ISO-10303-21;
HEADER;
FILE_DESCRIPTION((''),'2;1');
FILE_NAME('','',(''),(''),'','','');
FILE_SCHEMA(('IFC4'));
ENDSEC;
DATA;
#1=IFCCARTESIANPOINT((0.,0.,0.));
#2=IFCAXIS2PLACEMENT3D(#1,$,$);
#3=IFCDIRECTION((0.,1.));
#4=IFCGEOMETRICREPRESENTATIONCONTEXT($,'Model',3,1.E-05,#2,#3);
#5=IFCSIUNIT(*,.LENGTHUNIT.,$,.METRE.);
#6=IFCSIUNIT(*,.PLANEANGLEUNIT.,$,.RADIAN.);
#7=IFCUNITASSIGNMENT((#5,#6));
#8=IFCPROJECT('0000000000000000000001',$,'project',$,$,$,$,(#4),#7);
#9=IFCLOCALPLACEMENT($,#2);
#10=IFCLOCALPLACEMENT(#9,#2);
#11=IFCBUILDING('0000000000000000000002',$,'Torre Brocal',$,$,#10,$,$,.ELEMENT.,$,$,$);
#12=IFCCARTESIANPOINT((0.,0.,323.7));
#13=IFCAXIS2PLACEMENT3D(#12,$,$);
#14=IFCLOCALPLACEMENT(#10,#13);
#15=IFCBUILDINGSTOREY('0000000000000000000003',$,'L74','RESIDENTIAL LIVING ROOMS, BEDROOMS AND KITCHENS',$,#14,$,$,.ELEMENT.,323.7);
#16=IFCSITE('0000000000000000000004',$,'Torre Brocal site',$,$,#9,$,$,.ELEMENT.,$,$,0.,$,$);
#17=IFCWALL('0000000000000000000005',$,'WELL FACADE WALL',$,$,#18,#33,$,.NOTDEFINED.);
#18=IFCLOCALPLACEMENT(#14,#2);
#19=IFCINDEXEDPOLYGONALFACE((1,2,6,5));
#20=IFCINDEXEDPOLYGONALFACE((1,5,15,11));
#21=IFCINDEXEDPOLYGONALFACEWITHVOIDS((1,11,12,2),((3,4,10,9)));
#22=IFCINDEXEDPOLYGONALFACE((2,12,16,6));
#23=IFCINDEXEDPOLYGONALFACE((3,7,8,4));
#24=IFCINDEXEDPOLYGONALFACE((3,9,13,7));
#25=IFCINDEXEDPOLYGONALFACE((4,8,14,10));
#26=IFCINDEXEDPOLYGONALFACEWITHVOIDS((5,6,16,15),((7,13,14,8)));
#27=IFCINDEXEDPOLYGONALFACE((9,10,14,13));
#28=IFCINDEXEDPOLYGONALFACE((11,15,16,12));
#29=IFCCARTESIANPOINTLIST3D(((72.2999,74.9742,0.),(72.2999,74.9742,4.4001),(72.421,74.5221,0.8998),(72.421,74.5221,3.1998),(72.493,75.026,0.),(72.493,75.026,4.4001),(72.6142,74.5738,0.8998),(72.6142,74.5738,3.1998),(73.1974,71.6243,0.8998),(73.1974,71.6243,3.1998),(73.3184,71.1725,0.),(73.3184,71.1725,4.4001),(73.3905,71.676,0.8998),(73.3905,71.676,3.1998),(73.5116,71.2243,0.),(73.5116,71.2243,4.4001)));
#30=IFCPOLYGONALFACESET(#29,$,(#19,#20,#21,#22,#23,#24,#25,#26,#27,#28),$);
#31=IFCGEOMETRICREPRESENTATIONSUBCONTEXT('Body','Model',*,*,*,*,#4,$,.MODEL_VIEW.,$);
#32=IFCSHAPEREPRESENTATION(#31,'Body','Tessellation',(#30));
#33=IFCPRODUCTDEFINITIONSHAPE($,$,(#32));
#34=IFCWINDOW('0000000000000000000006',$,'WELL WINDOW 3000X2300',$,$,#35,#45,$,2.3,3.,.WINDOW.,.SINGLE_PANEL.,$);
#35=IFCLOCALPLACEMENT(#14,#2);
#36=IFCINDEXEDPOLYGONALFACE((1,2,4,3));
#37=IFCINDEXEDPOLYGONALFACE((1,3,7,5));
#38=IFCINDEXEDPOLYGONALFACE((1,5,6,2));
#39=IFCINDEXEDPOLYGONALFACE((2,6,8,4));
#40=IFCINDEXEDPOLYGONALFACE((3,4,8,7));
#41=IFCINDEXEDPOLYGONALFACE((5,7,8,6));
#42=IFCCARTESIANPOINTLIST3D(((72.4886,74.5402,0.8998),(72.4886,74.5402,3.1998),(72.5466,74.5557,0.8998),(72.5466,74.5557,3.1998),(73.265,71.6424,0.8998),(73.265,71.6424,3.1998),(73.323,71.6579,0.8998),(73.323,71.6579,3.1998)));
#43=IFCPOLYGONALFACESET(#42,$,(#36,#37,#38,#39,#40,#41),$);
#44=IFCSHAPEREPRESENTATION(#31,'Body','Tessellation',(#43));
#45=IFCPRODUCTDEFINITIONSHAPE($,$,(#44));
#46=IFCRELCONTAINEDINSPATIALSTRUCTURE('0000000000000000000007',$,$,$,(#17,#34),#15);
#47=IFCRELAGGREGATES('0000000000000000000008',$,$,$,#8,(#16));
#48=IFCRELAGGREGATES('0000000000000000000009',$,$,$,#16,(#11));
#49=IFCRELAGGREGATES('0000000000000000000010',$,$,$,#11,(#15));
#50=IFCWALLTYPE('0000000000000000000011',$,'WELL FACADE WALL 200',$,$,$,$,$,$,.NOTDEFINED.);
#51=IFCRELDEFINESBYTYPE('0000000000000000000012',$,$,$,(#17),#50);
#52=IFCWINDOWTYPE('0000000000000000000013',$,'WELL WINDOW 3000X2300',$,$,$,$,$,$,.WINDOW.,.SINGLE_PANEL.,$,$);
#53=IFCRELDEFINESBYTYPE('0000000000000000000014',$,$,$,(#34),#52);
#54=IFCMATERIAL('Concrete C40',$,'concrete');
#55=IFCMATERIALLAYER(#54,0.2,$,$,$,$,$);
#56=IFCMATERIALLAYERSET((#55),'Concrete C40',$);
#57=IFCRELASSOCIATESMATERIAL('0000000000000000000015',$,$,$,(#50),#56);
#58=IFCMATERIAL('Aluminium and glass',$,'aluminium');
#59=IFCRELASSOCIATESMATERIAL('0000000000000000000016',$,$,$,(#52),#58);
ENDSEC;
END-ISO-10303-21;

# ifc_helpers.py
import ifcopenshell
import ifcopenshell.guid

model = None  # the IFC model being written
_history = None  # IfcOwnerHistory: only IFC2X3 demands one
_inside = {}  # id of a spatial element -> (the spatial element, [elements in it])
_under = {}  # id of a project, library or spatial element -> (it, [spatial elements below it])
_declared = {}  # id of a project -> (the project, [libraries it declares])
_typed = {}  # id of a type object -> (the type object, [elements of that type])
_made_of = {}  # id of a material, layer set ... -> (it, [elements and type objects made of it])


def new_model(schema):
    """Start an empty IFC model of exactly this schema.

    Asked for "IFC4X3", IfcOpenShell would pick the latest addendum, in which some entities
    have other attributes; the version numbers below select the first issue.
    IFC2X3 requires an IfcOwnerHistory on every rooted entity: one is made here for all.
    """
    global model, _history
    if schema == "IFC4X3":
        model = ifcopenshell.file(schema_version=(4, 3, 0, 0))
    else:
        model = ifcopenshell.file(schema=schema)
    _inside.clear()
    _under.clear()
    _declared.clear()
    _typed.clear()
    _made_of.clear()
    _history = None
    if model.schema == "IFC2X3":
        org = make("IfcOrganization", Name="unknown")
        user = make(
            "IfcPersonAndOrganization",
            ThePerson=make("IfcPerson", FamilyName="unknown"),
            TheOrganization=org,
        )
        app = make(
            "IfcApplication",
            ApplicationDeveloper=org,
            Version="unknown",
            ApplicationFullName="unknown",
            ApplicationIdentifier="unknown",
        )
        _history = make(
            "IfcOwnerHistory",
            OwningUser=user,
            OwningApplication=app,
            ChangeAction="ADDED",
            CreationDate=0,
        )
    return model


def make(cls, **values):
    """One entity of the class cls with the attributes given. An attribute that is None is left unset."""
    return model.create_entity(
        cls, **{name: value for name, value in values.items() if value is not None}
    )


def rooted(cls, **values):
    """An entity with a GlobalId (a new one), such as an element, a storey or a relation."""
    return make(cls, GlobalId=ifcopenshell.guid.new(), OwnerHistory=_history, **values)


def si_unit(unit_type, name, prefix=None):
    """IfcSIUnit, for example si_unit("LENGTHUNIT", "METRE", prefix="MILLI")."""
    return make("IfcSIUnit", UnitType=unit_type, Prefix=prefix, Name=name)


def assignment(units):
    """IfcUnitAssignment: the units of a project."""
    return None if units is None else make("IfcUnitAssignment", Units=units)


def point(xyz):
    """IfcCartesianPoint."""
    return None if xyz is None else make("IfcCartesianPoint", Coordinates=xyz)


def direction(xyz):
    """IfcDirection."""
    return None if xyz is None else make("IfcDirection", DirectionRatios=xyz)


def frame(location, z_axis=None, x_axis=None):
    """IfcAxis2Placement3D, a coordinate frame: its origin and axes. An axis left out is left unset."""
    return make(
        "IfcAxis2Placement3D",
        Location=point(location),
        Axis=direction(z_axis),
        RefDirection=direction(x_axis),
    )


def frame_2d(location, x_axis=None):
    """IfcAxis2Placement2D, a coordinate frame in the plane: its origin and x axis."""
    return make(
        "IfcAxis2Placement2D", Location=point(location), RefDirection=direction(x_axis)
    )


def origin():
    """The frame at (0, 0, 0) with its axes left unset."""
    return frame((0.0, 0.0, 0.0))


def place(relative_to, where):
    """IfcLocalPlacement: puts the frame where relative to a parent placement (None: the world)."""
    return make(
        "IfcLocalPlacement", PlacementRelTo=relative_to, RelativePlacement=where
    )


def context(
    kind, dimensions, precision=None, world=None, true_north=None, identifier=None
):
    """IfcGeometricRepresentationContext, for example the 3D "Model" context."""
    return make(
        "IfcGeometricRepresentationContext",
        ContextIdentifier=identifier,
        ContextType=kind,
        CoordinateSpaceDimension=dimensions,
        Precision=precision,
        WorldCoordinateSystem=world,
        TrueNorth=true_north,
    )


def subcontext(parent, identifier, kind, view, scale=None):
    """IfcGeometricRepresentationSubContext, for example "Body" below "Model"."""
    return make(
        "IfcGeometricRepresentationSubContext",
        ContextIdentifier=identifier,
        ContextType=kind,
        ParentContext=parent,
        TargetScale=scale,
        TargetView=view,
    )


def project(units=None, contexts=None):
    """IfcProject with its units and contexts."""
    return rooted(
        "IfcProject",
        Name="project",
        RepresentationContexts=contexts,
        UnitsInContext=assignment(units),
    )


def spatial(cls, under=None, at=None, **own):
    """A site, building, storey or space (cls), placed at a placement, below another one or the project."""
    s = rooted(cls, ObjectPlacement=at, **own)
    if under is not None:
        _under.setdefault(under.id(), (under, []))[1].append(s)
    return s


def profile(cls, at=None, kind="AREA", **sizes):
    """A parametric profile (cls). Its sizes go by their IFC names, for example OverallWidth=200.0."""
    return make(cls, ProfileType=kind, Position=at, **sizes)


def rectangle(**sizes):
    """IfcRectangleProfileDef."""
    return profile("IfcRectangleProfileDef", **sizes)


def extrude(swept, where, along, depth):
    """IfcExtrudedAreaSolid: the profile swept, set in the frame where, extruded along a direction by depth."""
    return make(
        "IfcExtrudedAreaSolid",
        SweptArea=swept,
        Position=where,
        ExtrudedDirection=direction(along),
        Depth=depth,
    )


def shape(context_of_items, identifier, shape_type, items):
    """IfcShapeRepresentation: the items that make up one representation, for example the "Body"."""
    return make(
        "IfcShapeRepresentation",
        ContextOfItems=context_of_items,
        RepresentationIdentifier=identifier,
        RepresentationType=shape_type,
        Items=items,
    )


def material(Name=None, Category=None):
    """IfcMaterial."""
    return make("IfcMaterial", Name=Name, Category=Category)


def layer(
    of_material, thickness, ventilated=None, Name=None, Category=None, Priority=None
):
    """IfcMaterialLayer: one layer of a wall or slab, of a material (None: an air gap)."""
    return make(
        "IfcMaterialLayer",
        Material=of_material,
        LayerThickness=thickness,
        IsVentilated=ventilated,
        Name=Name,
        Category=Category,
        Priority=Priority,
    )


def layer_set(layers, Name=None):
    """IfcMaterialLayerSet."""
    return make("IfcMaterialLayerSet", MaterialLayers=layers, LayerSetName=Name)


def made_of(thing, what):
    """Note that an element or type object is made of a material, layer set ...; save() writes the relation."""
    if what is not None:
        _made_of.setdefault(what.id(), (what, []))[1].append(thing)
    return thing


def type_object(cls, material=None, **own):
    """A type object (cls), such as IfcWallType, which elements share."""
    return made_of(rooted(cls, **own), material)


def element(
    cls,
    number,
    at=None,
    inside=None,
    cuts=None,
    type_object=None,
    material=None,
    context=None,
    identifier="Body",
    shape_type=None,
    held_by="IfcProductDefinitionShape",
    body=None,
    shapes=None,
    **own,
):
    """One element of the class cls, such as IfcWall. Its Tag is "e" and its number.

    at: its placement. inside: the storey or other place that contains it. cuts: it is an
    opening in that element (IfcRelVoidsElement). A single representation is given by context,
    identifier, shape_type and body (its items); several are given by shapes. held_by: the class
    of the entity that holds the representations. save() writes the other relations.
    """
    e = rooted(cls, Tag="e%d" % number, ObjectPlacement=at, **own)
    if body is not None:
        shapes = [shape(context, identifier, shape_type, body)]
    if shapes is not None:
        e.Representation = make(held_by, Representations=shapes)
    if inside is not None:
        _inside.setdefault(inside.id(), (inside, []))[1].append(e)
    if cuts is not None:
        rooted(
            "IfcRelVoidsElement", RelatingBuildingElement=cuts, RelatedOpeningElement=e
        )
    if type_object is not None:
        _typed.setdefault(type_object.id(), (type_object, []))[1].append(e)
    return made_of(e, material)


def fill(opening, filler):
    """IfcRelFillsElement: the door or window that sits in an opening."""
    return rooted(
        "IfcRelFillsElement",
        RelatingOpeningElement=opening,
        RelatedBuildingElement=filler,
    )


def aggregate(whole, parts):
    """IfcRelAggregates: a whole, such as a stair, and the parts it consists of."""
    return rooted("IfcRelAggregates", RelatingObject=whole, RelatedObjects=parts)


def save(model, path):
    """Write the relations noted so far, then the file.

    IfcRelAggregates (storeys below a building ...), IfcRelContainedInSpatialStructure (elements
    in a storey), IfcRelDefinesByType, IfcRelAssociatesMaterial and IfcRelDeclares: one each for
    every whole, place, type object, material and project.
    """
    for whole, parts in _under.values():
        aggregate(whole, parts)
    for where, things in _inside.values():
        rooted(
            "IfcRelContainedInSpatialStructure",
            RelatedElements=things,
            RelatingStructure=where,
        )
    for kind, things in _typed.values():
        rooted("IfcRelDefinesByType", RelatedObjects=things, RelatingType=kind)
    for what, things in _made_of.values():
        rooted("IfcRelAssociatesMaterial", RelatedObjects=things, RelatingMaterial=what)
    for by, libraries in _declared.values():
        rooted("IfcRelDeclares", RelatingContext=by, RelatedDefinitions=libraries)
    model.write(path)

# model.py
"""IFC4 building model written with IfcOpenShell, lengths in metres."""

from ifc_helpers import new_model, si_unit, direction, frame, frame_2d, origin, place, context, subcontext, project, spatial, rectangle, extrude, material, layer, layer_set, type_object, element, fill, save


model = new_model("IFC4")

# Units and contexts
model_context = context("Model", 3, precision=1e-05, world=origin(), true_north=direction((0.0, 1.0)))
body_context = subcontext(model_context, "Body", "Model", "MODEL_VIEW")
ifc_project = project(units=[si_unit("LENGTHUNIT", "METRE"), si_unit("PLANEANGLEUNIT", "RADIAN")], contexts=[model_context])

# Site, building, storey
site_placement = place(None, origin())
site = spatial("IfcSite", under=ifc_project, at=site_placement, Name="Torre Brocal site", CompositionType="ELEMENT", RefElevation=0.0)
building_placement = place(site_placement, origin())
building = spatial("IfcBuilding", under=site, at=building_placement, Name="Torre Brocal", CompositionType="ELEMENT")
storey_placement = place(building_placement, frame((0.0, 0.0, 323.7)))
storey = spatial("IfcBuildingStorey", under=building, at=storey_placement, Name="L74", Description="RESIDENTIAL LIVING ROOMS, BEDROOMS AND KITCHENS", CompositionType="ELEMENT", Elevation=323.7)

# Wall, opening, window
ifc_material_1 = material(Name="Concrete C40", Category="concrete")
ifc_layer_1 = layer(ifc_material_1, 0.2)
ifc_layer_set_1 = layer_set([ifc_layer_1], Name="Concrete C40")
wall_type_1 = type_object("IfcWallType", Name="WELL FACADE WALL 200", PredefinedType="NOTDEFINED", material=ifc_layer_set_1)
ifc_material_2 = material(Name="Aluminium and glass", Category="aluminium")
window_type = type_object("IfcWindowType", Name="WELL WINDOW 3000X2300", PartitioningType="SINGLE_PANEL", PredefinedType="WINDOW", material=ifc_material_2)
wall_1_placement = place(storey_placement, frame((72.3965, 75.0, 0.0), z_axis=(0.0, 0.0, 1.0), x_axis=(0.25879, -0.965934, 0.0)))
wall_1 = element("IfcWall", 1, at=wall_1_placement, inside=storey, type_object=wall_type_1, Name="WELL FACADE WALL", PredefinedType="NOTDEFINED", context=body_context, shape_type="SweptSolid", body=[
    extrude(rectangle(XDim=3.9358, YDim=0.2, at=frame_2d((1.9678, 0.0))), origin(), (0.0, 0.0, 1.0), 4.4001),
])
opening_1_placement = place(wall_1_placement, frame((0.468, 0.0, 0.8999)))
opening_1 = element("IfcOpeningElement", 2, at=opening_1_placement, cuts=wall_1, PredefinedType="OPENING", context=body_context, shape_type="SweptSolid", body=[
    extrude(rectangle(XDim=3.0, YDim=2.3, at=frame_2d((1.5, 1.1499))), frame((0.0, 0.1099, 0.0), z_axis=(0.0, -1.0, 0.0), x_axis=(1.0, 0.0, 0.0)), (0.0, 0.0, 1.0), 0.22),
])
window_1_placement = place(opening_1_placement, origin())
window_1 = element("IfcWindow", 3, at=window_1_placement, inside=storey, type_object=window_type, Name="WELL WINDOW 3000X2300", OverallHeight=2.3, OverallWidth=3.0, PartitioningType="SINGLE_PANEL", PredefinedType="WINDOW", context=body_context, shape_type="SweptSolid", body=[
    extrude(rectangle(XDim=3.0, YDim=2.3, at=frame_2d((1.5, 1.1499))), frame((0.0, 0.03, 0.0), z_axis=(0.0, -1.0, 0.0), x_axis=(1.0, 0.0, 0.0)), (0.0, 0.0, 1.0), 0.0601),
])
fill(opening_1, window_1)

save(model, "model.ifc")
